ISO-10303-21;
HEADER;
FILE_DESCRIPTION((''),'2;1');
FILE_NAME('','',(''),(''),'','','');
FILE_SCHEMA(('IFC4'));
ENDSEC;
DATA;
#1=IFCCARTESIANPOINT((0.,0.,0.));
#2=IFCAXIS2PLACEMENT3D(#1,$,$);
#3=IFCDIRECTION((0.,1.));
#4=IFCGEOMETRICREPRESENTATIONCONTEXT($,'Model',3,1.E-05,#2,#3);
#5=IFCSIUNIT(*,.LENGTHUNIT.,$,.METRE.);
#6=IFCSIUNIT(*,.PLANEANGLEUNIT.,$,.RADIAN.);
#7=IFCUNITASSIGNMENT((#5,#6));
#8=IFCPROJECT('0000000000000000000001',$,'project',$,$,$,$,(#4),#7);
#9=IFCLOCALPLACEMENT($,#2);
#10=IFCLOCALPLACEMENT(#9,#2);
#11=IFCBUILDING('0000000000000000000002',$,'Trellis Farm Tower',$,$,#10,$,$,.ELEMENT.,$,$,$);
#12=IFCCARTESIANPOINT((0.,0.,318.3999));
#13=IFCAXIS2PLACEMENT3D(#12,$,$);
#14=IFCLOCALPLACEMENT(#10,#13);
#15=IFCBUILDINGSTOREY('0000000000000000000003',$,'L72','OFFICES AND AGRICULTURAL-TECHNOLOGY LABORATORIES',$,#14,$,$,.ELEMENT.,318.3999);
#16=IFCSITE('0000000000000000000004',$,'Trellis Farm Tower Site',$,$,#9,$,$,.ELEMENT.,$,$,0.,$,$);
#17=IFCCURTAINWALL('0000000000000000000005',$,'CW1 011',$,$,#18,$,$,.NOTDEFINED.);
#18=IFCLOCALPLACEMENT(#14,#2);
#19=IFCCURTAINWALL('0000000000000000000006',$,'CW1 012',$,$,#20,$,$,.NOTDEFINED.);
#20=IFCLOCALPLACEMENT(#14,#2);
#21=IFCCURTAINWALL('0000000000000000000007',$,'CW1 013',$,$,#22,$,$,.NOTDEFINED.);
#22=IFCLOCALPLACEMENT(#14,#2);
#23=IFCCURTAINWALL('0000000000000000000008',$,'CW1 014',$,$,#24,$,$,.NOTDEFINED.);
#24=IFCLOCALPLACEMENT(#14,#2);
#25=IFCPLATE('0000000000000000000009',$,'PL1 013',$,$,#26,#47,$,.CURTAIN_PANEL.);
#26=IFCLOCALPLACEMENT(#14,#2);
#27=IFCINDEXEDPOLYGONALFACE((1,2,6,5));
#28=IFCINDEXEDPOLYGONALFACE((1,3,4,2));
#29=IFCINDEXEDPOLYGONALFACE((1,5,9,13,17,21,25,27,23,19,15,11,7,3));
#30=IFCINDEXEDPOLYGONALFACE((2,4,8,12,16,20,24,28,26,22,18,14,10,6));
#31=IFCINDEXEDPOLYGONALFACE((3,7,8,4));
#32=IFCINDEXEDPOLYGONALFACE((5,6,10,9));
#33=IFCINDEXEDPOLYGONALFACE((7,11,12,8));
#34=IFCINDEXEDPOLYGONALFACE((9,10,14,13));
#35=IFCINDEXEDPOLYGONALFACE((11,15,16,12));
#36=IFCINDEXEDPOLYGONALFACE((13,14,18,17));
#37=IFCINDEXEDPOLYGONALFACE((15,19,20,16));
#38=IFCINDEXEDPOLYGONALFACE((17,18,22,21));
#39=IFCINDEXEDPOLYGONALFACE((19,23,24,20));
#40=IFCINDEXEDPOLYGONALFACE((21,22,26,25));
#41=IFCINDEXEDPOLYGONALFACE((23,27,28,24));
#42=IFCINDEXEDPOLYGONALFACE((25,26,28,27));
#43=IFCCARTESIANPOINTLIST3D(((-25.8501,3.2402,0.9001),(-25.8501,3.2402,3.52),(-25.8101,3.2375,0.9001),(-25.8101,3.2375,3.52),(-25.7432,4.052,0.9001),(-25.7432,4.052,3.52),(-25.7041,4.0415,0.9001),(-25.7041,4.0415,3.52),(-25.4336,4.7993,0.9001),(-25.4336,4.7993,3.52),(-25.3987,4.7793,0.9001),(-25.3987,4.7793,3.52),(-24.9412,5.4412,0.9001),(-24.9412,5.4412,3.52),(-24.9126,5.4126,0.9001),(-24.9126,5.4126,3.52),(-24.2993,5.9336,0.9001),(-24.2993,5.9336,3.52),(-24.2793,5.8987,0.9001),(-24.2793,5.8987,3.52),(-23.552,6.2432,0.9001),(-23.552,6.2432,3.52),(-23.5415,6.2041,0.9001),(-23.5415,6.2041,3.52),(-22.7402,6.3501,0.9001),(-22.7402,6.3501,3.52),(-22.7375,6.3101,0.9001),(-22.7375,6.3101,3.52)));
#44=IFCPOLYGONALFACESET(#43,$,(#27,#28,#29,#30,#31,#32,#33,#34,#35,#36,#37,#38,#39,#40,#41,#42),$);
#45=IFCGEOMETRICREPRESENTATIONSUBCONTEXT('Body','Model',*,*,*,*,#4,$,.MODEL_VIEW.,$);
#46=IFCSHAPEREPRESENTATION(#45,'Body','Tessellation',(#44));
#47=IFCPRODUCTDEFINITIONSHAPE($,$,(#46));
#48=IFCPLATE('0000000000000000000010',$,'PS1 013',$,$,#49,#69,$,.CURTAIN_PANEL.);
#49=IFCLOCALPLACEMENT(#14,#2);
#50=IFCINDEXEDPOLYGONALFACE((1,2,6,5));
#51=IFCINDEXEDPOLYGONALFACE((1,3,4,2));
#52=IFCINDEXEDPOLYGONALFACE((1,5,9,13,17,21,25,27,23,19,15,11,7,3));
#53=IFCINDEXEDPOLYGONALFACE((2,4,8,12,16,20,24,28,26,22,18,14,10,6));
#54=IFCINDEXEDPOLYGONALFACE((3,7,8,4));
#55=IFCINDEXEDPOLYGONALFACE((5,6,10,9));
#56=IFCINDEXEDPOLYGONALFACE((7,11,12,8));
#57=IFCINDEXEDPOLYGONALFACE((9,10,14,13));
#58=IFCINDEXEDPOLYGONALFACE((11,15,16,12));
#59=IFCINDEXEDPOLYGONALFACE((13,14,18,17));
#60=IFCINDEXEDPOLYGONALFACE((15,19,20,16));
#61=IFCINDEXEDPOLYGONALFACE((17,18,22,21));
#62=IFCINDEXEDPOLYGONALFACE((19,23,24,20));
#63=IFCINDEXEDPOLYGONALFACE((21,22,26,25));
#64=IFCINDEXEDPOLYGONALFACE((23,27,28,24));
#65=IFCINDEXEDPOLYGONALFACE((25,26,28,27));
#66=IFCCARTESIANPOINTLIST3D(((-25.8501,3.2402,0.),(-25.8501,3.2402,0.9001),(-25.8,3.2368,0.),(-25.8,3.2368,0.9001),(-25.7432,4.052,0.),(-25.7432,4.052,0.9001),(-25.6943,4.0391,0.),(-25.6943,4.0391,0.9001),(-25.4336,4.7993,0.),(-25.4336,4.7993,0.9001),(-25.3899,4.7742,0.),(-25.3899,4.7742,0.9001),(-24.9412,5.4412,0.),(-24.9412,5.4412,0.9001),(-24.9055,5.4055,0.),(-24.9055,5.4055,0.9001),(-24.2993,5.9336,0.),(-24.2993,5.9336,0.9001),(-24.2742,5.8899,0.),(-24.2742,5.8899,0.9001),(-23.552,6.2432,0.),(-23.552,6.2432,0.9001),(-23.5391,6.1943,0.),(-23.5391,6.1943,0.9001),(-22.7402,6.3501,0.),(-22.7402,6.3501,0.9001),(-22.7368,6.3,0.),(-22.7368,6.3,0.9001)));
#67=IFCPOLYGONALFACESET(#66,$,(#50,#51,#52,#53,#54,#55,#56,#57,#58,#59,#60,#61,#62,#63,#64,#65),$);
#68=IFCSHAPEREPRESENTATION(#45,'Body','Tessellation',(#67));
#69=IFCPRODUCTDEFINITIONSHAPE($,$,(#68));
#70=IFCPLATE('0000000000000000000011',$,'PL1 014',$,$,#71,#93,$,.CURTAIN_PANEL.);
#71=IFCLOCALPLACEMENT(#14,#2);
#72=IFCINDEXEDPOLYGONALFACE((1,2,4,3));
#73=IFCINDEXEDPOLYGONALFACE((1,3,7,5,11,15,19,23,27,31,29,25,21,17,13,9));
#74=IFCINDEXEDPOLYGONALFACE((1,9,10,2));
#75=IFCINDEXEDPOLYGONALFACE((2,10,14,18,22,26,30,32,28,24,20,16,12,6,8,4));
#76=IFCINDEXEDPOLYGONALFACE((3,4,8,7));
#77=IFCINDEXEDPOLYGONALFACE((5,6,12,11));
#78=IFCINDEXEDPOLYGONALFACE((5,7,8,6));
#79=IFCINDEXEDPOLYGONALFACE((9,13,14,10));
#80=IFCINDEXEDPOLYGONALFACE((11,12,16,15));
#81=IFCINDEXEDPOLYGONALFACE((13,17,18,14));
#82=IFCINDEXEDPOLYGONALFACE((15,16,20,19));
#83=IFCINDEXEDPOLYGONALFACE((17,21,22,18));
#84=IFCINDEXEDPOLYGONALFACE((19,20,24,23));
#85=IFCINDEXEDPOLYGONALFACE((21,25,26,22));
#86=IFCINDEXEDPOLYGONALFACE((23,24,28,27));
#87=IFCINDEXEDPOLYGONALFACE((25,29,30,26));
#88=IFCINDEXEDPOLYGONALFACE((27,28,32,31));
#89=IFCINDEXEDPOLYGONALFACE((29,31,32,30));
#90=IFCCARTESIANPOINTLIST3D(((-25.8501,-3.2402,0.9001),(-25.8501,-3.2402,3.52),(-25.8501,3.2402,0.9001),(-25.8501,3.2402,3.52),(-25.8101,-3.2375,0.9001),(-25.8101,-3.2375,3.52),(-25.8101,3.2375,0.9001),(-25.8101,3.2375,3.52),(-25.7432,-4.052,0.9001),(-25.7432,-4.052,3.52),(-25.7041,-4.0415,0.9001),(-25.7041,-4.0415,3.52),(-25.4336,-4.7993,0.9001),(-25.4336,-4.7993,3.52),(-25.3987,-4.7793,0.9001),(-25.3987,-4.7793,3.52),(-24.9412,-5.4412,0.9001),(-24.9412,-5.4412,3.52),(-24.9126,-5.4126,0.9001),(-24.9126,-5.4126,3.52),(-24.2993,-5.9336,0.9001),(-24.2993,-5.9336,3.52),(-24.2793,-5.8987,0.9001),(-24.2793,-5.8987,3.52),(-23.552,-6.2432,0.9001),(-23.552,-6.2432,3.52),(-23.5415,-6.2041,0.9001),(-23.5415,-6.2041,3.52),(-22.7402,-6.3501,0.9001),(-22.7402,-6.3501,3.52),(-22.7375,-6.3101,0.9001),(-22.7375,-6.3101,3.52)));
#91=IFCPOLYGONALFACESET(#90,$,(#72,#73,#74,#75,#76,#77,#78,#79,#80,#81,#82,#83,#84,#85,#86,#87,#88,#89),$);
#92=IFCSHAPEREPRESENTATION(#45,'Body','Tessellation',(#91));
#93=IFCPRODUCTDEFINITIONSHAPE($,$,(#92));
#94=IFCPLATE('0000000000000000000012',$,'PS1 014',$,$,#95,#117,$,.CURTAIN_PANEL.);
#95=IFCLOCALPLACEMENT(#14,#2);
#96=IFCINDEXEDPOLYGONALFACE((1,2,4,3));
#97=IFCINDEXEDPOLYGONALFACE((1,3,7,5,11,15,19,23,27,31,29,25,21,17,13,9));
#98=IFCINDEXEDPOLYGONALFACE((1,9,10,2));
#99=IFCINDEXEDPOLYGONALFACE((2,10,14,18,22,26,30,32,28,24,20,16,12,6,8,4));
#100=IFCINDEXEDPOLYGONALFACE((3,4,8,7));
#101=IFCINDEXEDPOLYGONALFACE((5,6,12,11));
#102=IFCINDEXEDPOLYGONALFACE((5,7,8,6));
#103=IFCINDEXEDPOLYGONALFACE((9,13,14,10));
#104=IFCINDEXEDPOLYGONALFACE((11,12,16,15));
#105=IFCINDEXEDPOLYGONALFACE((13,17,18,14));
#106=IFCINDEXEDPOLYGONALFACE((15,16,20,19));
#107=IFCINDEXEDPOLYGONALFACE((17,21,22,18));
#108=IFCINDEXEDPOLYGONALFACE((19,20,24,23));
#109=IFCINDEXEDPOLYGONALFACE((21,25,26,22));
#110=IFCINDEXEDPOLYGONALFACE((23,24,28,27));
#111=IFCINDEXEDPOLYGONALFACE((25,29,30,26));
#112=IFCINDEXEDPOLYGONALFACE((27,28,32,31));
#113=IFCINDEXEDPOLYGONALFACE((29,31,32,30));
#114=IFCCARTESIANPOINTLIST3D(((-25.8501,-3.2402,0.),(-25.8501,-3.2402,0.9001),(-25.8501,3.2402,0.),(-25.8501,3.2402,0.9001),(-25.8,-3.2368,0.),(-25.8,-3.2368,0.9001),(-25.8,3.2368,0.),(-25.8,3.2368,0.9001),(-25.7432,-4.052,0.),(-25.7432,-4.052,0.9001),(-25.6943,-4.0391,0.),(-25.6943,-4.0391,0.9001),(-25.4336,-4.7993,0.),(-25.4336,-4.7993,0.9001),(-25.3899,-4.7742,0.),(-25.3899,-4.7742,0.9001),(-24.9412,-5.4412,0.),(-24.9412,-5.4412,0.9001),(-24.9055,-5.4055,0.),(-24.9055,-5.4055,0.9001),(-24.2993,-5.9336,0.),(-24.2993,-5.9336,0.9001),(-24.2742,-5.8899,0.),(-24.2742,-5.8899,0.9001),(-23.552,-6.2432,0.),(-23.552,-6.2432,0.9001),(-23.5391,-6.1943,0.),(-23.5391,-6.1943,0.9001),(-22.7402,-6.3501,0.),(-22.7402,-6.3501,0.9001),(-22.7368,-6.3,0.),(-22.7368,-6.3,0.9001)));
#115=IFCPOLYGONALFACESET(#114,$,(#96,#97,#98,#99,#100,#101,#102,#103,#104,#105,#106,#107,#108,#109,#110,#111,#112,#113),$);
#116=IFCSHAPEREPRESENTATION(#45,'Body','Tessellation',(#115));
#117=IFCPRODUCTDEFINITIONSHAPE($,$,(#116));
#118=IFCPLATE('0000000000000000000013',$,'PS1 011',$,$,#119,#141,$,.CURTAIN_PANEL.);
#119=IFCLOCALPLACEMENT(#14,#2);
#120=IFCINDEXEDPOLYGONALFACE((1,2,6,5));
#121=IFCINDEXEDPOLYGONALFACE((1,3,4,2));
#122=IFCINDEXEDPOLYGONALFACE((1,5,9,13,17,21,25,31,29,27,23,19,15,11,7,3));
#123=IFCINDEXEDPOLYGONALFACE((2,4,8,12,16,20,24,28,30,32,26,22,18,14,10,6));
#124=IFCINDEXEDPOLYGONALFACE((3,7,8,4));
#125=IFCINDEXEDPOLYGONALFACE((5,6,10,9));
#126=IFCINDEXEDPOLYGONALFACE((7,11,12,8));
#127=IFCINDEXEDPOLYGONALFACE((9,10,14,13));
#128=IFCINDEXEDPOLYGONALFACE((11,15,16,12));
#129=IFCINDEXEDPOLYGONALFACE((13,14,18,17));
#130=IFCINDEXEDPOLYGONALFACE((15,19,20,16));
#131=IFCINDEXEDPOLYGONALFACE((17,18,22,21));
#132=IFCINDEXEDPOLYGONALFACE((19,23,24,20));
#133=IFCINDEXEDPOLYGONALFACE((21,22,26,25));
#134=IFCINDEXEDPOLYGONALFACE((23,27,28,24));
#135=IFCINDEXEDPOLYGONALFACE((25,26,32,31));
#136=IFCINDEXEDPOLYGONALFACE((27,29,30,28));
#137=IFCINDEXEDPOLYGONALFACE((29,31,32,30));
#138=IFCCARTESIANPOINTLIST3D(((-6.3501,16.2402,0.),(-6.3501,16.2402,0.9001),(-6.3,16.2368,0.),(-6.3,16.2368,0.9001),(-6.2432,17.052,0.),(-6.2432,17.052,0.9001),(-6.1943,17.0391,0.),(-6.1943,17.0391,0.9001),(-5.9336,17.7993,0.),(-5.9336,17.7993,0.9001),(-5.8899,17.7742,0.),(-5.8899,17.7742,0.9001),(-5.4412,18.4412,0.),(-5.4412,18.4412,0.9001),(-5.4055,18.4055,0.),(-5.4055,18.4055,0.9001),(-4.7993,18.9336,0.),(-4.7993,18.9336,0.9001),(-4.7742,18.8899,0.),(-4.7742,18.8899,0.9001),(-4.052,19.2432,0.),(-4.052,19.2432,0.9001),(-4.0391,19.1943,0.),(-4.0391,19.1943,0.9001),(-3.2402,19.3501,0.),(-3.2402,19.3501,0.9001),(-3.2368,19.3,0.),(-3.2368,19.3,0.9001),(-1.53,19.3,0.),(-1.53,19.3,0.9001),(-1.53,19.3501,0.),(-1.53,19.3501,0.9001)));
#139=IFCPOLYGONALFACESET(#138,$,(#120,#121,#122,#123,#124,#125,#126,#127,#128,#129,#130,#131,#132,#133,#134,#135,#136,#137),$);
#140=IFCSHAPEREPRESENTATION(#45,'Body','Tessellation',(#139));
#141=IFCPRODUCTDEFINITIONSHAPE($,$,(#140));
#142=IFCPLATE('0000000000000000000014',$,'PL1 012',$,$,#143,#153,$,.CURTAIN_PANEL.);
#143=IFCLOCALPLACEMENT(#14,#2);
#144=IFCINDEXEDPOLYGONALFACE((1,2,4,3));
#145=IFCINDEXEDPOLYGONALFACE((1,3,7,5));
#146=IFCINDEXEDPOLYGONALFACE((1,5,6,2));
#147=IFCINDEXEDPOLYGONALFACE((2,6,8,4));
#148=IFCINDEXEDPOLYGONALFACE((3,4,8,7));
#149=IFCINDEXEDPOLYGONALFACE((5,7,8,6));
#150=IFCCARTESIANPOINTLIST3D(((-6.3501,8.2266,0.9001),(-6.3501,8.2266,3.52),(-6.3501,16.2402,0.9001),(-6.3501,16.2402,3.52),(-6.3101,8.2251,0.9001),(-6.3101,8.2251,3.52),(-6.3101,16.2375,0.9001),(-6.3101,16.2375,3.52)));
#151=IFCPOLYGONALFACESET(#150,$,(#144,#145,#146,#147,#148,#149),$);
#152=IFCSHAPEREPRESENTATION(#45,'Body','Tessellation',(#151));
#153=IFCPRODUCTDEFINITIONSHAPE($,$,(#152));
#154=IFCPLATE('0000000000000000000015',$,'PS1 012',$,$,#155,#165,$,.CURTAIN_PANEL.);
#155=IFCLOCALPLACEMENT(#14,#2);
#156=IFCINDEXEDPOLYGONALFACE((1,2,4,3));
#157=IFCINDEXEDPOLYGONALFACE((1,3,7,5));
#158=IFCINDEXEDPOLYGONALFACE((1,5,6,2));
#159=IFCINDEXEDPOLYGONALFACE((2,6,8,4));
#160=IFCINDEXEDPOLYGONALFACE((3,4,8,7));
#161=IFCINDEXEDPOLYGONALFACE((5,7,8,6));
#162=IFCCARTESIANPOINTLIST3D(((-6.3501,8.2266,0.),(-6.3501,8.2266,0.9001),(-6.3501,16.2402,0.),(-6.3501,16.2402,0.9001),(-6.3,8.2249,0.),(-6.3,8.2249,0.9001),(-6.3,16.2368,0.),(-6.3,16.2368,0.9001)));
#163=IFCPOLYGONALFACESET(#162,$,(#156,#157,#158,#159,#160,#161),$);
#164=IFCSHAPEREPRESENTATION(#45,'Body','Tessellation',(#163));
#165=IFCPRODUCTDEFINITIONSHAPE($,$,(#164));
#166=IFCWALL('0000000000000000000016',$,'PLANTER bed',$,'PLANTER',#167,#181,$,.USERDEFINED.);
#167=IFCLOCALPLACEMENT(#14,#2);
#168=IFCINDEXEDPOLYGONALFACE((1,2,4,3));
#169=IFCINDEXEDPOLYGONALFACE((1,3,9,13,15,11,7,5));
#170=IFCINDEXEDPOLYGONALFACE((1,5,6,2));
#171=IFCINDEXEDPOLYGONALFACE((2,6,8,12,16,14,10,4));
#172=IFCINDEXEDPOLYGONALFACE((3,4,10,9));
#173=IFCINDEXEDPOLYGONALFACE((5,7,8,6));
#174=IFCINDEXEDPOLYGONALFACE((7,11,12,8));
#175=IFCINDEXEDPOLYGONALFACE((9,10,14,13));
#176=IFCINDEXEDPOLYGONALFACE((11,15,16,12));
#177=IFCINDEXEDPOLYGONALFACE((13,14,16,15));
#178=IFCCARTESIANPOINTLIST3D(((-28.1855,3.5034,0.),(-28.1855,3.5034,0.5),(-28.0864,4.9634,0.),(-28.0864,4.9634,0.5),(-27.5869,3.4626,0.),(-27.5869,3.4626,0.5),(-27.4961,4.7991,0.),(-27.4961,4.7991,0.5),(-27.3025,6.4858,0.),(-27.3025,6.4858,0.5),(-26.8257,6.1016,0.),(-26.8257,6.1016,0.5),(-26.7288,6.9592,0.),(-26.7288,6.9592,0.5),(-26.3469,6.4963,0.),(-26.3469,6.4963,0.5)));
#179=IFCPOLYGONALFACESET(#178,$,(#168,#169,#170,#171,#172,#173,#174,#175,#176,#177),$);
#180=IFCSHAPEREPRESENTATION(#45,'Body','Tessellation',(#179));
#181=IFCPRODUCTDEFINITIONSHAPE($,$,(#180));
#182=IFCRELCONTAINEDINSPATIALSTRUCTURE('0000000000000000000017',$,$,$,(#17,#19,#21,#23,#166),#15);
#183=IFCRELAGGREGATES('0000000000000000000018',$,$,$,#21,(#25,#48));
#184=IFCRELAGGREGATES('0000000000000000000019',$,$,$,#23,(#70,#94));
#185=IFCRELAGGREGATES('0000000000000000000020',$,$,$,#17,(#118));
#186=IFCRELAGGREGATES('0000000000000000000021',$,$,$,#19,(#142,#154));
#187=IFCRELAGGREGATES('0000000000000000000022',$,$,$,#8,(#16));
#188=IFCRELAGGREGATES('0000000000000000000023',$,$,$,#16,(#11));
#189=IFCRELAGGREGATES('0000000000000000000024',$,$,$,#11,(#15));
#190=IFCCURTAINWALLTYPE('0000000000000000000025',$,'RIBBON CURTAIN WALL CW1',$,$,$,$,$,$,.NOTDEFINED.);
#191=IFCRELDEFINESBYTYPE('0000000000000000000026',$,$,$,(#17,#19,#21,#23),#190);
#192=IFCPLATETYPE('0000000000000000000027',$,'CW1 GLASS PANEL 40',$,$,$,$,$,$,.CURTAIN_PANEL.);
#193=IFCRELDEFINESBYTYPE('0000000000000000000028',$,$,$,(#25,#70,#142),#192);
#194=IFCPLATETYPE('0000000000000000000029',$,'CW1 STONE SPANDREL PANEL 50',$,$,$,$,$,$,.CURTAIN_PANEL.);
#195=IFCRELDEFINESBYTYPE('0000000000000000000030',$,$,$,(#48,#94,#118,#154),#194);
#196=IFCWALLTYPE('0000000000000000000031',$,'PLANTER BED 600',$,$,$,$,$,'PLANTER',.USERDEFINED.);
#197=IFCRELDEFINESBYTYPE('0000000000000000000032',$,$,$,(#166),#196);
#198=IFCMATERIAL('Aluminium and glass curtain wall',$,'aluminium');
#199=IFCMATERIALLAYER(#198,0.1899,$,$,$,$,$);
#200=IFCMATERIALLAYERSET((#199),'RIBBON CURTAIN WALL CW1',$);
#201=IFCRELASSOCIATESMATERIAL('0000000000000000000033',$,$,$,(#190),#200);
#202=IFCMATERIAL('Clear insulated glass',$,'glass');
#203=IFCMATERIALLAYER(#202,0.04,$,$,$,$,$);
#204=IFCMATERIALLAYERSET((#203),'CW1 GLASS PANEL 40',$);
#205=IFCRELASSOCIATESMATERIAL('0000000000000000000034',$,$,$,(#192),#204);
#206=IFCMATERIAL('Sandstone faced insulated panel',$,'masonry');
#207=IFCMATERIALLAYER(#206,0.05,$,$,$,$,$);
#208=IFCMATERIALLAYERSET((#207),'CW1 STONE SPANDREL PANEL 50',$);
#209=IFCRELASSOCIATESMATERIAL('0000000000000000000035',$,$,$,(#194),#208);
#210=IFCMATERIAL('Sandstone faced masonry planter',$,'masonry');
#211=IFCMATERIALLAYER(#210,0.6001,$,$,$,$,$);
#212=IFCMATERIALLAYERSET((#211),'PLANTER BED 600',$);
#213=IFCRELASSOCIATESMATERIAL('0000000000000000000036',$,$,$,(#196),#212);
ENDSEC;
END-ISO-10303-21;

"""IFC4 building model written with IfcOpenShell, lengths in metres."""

from ifc_helpers import new_model, si_unit, direction, frame, origin, place, context, subcontext, project, spatial, polyline, outline, extrude, source, transform, mapped, material, layer, layer_set, type_object, element, aggregate, save


model = new_model("IFC4")

# Units and contexts
model_context = context("Model", 3, precision=1e-05, world=origin(), true_north=direction((0.0, 1.0)))
body_context = subcontext(model_context, "Body", "Model", "MODEL_VIEW")
ifc_project = project(units=[si_unit("LENGTHUNIT", "METRE"), si_unit("PLANEANGLEUNIT", "RADIAN")], contexts=[model_context])

# Site, building, storey
site_placement = place(None, origin())
site = spatial("IfcSite", under=ifc_project, at=site_placement, Name="Trellis Farm Tower Site", CompositionType="ELEMENT", RefElevation=0.0)
building_placement = place(site_placement, origin())
building = spatial("IfcBuilding", under=site, at=building_placement, Name="Trellis Farm Tower", CompositionType="ELEMENT")
storey_placement = place(building_placement, frame((0.0, 0.0, 318.3999)))
storey = spatial("IfcBuildingStorey", under=building, at=storey_placement, Name="L72", Description="OFFICES AND AGRICULTURAL-TECHNOLOGY LABORATORIES", CompositionType="ELEMENT", Elevation=318.3999)

# Curtain walls
ifc_material_1 = material(Name="Aluminium and glass curtain wall", Category="aluminium")
ifc_layer_1 = layer(ifc_material_1, 0.1899)
ifc_layer_set_1 = layer_set([ifc_layer_1], Name="RIBBON CURTAIN WALL CW1")
curtain_wall_type_1 = type_object("IfcCurtainWallType", Name="RIBBON CURTAIN WALL CW1", PredefinedType="NOTDEFINED", material=ifc_layer_set_1)
placement_1 = place(storey_placement, origin())
curtain_wall_1 = element("IfcCurtainWall", 1, at=placement_1, inside=storey, type_object=curtain_wall_type_1, Name="CW1 011", PredefinedType="NOTDEFINED")
curtain_wall_2 = element("IfcCurtainWall", 2, at=placement_1, inside=storey, type_object=curtain_wall_type_1, Name="CW1 012", PredefinedType="NOTDEFINED")

# Curtain walls
curtain_wall_3 = element("IfcCurtainWall", 3, at=placement_1, inside=storey, type_object=curtain_wall_type_1, Name="CW1 013", PredefinedType="NOTDEFINED")
curtain_wall_4 = element("IfcCurtainWall", 4, at=placement_1, inside=storey, type_object=curtain_wall_type_1, Name="CW1 014", PredefinedType="NOTDEFINED")

# Plates
ifc_material_2 = material(Name="Clear insulated glass", Category="glass")
ifc_layer_2 = layer(ifc_material_2, 0.04)
ifc_layer_set_2 = layer_set([ifc_layer_2], Name="CW1 GLASS PANEL 40")
plate_type_1 = type_object("IfcPlateType", Name="CW1 GLASS PANEL 40", PredefinedType="CURTAIN_PANEL", material=ifc_layer_set_2)
shared_shape_1 = source(origin(), body_context, "Body", "SweptSolid", [
    extrude(outline(polyline([(-22.7402, 6.3501), (-23.552, 6.2432), (-24.2993, 5.9336), (-24.9412, 5.4412), (-25.4336, 4.7993), (-25.7432, 4.052), (-25.8501, 3.2402), (-25.8101, 3.2375), (-25.7041, 4.0415), (-25.3987, 4.7793), (-24.9126, 5.4126), (-24.2793, 5.8987), (-23.5415, 6.2041), (-22.7375, 6.3101), (-22.7402, 6.3501)])), origin(), (0.0, 0.0, 1.0), 2.6199),
])
placement_2 = place(storey_placement, frame((0.0, 0.0, 0.9001)))
plate_1 = element("IfcPlate", 5, at=placement_2, type_object=plate_type_1, Name="PL1 013", PredefinedType="CURTAIN_PANEL", context=body_context, shape_type="MappedRepresentation", body=[
    mapped(shared_shape_1, transform((0.0, 0.0, 0.0))),
])
ifc_material_3 = material(Name="Sandstone faced insulated panel", Category="masonry")
ifc_layer_3 = layer(ifc_material_3, 0.05)
ifc_layer_set_3 = layer_set([ifc_layer_3], Name="CW1 STONE SPANDREL PANEL 50")
plate_type_2 = type_object("IfcPlateType", Name="CW1 STONE SPANDREL PANEL 50", PredefinedType="CURTAIN_PANEL", material=ifc_layer_set_3)
shared_shape_2 = source(origin(), body_context, "Body", "SweptSolid", [
    extrude(outline(polyline([(-22.7402, 6.3501), (-23.552, 6.2432), (-24.2993, 5.9336), (-24.9412, 5.4412), (-25.4336, 4.7993), (-25.7432, 4.052), (-25.8501, 3.2402), (-25.8, 3.2368), (-25.6943, 4.0391), (-25.3899, 4.7742), (-24.9055, 5.4055), (-24.2742, 5.8899), (-23.5391, 6.1943), (-22.7368, 6.3), (-22.7402, 6.3501)])), origin(), (0.0, 0.0, 1.0), 0.9001),
])
plate_2 = element("IfcPlate", 6, at=placement_1, type_object=plate_type_2, Name="PS1 013", PredefinedType="CURTAIN_PANEL", context=body_context, shape_type="MappedRepresentation", body=[
    mapped(shared_shape_2, transform((0.0, 0.0, 0.0))),
])
aggregate(curtain_wall_3, [plate_1, plate_2])
shared_shape_3 = source(origin(), body_context, "Body", "SweptSolid", [
    extrude(outline(polyline([(-25.8501, 3.2402), (-25.8501, -3.2402), (-25.7432, -4.052), (-25.4336, -4.7993), (-24.9412, -5.4412), (-24.2993, -5.9336), (-23.552, -6.2432), (-22.7402, -6.3501), (-22.7375, -6.3101), (-23.5415, -6.2041), (-24.2793, -5.8987), (-24.9126, -5.4126), (-25.3987, -4.7793), (-25.7041, -4.0415), (-25.8101, -3.2375), (-25.8101, 3.2375), (-25.8501, 3.2402)])), origin(), (0.0, 0.0, 1.0), 2.6199),
])
plate_3 = element("IfcPlate", 7, at=placement_2, type_object=plate_type_1, Name="PL1 014", PredefinedType="CURTAIN_PANEL", context=body_context, shape_type="MappedRepresentation", body=[
    mapped(shared_shape_3, transform((0.0, 0.0, 0.0))),
])
shared_shape_4 = source(origin(), body_context, "Body", "SweptSolid", [
    extrude(outline(polyline([(-25.8501, 3.2402), (-25.8501, -3.2402), (-25.7432, -4.052), (-25.4336, -4.7993), (-24.9412, -5.4412), (-24.2993, -5.9336), (-23.552, -6.2432), (-22.7402, -6.3501), (-22.7368, -6.3), (-23.5391, -6.1943), (-24.2742, -5.8899), (-24.9055, -5.4055), (-25.3899, -4.7742), (-25.6943, -4.0391), (-25.8, -3.2368), (-25.8, 3.2368), (-25.8501, 3.2402)])), origin(), (0.0, 0.0, 1.0), 0.9001),
])
plate_4 = element("IfcPlate", 8, at=placement_1, type_object=plate_type_2, Name="PS1 014", PredefinedType="CURTAIN_PANEL", context=body_context, shape_type="MappedRepresentation", body=[
    mapped(shared_shape_4, transform((0.0, 0.0, 0.0))),
])
aggregate(curtain_wall_4, [plate_3, plate_4])
shared_shape_5 = source(origin(), body_context, "Body", "SweptSolid", [
    extrude(outline(polyline([(-1.53, 19.3501), (-3.2402, 19.3501), (-4.052, 19.2432), (-4.7993, 18.9336), (-5.4412, 18.4412), (-5.9336, 17.7993), (-6.2432, 17.052), (-6.3501, 16.2402), (-6.3, 16.2368), (-6.1943, 17.0391), (-5.8899, 17.7742), (-5.4055, 18.4055), (-4.7742, 18.8899), (-4.0391, 19.1943), (-3.2368, 19.3), (-1.53, 19.3), (-1.53, 19.3501)])), origin(), (0.0, 0.0, 1.0), 0.9001),
])
plate_5 = element("IfcPlate", 9, at=placement_1, type_object=plate_type_2, Name="PS1 011", PredefinedType="CURTAIN_PANEL", context=body_context, shape_type="MappedRepresentation", body=[
    mapped(shared_shape_5, transform((0.0, 0.0, 0.0))),
])
aggregate(curtain_wall_1, [plate_5])
shared_shape_6 = source(origin(), body_context, "Body", "SweptSolid", [
    extrude(outline(polyline([(-6.3501, 16.2402), (-6.3501, 8.2266), (-6.3101, 8.2251), (-6.3101, 16.2375), (-6.3501, 16.2402)])), origin(), (0.0, 0.0, 1.0), 2.6199),
])
plate_6 = element("IfcPlate", 10, at=placement_2, type_object=plate_type_1, Name="PL1 012", PredefinedType="CURTAIN_PANEL", context=body_context, shape_type="MappedRepresentation", body=[
    mapped(shared_shape_6, transform((0.0, 0.0, 0.0))),
])
shared_shape_7 = source(origin(), body_context, "Body", "SweptSolid", [
    extrude(outline(polyline([(-6.3501, 16.2402), (-6.3501, 8.2266), (-6.3, 8.2249), (-6.3, 16.2368), (-6.3501, 16.2402)])), origin(), (0.0, 0.0, 1.0), 0.9001),
])
plate_7 = element("IfcPlate", 11, at=placement_1, type_object=plate_type_2, Name="PS1 012", PredefinedType="CURTAIN_PANEL", context=body_context, shape_type="MappedRepresentation", body=[
    mapped(shared_shape_7, transform((0.0, 0.0, 0.0))),
])
aggregate(curtain_wall_2, [plate_6, plate_7])

# Wall
ifc_material_4 = material(Name="Sandstone faced masonry planter", Category="masonry")
ifc_layer_4 = layer(ifc_material_4, 0.6001)
ifc_layer_set_4 = layer_set([ifc_layer_4], Name="PLANTER BED 600")
wall_type_1 = type_object("IfcWallType", Name="PLANTER BED 600", ElementType="PLANTER", PredefinedType="USERDEFINED", material=ifc_layer_set_4)
element("IfcWall", 12, at=placement_1, inside=storey, type_object=wall_type_1, Name="PLANTER bed", ObjectType="PLANTER", PredefinedType="USERDEFINED", context=body_context, shape_type="SweptSolid", body=[
    extrude(outline(polyline([(-28.0864, 4.9634), (-27.3025, 6.4858), (-26.7288, 6.9592), (-26.3469, 6.4963), (-26.8257, 6.1016), (-27.4961, 4.7991), (-27.5869, 3.4626), (-28.1855, 3.5034), (-28.0864, 4.9634)])), origin(), (0.0, 0.0, 1.0), 0.5),
])

save(model, "model.ifc")
